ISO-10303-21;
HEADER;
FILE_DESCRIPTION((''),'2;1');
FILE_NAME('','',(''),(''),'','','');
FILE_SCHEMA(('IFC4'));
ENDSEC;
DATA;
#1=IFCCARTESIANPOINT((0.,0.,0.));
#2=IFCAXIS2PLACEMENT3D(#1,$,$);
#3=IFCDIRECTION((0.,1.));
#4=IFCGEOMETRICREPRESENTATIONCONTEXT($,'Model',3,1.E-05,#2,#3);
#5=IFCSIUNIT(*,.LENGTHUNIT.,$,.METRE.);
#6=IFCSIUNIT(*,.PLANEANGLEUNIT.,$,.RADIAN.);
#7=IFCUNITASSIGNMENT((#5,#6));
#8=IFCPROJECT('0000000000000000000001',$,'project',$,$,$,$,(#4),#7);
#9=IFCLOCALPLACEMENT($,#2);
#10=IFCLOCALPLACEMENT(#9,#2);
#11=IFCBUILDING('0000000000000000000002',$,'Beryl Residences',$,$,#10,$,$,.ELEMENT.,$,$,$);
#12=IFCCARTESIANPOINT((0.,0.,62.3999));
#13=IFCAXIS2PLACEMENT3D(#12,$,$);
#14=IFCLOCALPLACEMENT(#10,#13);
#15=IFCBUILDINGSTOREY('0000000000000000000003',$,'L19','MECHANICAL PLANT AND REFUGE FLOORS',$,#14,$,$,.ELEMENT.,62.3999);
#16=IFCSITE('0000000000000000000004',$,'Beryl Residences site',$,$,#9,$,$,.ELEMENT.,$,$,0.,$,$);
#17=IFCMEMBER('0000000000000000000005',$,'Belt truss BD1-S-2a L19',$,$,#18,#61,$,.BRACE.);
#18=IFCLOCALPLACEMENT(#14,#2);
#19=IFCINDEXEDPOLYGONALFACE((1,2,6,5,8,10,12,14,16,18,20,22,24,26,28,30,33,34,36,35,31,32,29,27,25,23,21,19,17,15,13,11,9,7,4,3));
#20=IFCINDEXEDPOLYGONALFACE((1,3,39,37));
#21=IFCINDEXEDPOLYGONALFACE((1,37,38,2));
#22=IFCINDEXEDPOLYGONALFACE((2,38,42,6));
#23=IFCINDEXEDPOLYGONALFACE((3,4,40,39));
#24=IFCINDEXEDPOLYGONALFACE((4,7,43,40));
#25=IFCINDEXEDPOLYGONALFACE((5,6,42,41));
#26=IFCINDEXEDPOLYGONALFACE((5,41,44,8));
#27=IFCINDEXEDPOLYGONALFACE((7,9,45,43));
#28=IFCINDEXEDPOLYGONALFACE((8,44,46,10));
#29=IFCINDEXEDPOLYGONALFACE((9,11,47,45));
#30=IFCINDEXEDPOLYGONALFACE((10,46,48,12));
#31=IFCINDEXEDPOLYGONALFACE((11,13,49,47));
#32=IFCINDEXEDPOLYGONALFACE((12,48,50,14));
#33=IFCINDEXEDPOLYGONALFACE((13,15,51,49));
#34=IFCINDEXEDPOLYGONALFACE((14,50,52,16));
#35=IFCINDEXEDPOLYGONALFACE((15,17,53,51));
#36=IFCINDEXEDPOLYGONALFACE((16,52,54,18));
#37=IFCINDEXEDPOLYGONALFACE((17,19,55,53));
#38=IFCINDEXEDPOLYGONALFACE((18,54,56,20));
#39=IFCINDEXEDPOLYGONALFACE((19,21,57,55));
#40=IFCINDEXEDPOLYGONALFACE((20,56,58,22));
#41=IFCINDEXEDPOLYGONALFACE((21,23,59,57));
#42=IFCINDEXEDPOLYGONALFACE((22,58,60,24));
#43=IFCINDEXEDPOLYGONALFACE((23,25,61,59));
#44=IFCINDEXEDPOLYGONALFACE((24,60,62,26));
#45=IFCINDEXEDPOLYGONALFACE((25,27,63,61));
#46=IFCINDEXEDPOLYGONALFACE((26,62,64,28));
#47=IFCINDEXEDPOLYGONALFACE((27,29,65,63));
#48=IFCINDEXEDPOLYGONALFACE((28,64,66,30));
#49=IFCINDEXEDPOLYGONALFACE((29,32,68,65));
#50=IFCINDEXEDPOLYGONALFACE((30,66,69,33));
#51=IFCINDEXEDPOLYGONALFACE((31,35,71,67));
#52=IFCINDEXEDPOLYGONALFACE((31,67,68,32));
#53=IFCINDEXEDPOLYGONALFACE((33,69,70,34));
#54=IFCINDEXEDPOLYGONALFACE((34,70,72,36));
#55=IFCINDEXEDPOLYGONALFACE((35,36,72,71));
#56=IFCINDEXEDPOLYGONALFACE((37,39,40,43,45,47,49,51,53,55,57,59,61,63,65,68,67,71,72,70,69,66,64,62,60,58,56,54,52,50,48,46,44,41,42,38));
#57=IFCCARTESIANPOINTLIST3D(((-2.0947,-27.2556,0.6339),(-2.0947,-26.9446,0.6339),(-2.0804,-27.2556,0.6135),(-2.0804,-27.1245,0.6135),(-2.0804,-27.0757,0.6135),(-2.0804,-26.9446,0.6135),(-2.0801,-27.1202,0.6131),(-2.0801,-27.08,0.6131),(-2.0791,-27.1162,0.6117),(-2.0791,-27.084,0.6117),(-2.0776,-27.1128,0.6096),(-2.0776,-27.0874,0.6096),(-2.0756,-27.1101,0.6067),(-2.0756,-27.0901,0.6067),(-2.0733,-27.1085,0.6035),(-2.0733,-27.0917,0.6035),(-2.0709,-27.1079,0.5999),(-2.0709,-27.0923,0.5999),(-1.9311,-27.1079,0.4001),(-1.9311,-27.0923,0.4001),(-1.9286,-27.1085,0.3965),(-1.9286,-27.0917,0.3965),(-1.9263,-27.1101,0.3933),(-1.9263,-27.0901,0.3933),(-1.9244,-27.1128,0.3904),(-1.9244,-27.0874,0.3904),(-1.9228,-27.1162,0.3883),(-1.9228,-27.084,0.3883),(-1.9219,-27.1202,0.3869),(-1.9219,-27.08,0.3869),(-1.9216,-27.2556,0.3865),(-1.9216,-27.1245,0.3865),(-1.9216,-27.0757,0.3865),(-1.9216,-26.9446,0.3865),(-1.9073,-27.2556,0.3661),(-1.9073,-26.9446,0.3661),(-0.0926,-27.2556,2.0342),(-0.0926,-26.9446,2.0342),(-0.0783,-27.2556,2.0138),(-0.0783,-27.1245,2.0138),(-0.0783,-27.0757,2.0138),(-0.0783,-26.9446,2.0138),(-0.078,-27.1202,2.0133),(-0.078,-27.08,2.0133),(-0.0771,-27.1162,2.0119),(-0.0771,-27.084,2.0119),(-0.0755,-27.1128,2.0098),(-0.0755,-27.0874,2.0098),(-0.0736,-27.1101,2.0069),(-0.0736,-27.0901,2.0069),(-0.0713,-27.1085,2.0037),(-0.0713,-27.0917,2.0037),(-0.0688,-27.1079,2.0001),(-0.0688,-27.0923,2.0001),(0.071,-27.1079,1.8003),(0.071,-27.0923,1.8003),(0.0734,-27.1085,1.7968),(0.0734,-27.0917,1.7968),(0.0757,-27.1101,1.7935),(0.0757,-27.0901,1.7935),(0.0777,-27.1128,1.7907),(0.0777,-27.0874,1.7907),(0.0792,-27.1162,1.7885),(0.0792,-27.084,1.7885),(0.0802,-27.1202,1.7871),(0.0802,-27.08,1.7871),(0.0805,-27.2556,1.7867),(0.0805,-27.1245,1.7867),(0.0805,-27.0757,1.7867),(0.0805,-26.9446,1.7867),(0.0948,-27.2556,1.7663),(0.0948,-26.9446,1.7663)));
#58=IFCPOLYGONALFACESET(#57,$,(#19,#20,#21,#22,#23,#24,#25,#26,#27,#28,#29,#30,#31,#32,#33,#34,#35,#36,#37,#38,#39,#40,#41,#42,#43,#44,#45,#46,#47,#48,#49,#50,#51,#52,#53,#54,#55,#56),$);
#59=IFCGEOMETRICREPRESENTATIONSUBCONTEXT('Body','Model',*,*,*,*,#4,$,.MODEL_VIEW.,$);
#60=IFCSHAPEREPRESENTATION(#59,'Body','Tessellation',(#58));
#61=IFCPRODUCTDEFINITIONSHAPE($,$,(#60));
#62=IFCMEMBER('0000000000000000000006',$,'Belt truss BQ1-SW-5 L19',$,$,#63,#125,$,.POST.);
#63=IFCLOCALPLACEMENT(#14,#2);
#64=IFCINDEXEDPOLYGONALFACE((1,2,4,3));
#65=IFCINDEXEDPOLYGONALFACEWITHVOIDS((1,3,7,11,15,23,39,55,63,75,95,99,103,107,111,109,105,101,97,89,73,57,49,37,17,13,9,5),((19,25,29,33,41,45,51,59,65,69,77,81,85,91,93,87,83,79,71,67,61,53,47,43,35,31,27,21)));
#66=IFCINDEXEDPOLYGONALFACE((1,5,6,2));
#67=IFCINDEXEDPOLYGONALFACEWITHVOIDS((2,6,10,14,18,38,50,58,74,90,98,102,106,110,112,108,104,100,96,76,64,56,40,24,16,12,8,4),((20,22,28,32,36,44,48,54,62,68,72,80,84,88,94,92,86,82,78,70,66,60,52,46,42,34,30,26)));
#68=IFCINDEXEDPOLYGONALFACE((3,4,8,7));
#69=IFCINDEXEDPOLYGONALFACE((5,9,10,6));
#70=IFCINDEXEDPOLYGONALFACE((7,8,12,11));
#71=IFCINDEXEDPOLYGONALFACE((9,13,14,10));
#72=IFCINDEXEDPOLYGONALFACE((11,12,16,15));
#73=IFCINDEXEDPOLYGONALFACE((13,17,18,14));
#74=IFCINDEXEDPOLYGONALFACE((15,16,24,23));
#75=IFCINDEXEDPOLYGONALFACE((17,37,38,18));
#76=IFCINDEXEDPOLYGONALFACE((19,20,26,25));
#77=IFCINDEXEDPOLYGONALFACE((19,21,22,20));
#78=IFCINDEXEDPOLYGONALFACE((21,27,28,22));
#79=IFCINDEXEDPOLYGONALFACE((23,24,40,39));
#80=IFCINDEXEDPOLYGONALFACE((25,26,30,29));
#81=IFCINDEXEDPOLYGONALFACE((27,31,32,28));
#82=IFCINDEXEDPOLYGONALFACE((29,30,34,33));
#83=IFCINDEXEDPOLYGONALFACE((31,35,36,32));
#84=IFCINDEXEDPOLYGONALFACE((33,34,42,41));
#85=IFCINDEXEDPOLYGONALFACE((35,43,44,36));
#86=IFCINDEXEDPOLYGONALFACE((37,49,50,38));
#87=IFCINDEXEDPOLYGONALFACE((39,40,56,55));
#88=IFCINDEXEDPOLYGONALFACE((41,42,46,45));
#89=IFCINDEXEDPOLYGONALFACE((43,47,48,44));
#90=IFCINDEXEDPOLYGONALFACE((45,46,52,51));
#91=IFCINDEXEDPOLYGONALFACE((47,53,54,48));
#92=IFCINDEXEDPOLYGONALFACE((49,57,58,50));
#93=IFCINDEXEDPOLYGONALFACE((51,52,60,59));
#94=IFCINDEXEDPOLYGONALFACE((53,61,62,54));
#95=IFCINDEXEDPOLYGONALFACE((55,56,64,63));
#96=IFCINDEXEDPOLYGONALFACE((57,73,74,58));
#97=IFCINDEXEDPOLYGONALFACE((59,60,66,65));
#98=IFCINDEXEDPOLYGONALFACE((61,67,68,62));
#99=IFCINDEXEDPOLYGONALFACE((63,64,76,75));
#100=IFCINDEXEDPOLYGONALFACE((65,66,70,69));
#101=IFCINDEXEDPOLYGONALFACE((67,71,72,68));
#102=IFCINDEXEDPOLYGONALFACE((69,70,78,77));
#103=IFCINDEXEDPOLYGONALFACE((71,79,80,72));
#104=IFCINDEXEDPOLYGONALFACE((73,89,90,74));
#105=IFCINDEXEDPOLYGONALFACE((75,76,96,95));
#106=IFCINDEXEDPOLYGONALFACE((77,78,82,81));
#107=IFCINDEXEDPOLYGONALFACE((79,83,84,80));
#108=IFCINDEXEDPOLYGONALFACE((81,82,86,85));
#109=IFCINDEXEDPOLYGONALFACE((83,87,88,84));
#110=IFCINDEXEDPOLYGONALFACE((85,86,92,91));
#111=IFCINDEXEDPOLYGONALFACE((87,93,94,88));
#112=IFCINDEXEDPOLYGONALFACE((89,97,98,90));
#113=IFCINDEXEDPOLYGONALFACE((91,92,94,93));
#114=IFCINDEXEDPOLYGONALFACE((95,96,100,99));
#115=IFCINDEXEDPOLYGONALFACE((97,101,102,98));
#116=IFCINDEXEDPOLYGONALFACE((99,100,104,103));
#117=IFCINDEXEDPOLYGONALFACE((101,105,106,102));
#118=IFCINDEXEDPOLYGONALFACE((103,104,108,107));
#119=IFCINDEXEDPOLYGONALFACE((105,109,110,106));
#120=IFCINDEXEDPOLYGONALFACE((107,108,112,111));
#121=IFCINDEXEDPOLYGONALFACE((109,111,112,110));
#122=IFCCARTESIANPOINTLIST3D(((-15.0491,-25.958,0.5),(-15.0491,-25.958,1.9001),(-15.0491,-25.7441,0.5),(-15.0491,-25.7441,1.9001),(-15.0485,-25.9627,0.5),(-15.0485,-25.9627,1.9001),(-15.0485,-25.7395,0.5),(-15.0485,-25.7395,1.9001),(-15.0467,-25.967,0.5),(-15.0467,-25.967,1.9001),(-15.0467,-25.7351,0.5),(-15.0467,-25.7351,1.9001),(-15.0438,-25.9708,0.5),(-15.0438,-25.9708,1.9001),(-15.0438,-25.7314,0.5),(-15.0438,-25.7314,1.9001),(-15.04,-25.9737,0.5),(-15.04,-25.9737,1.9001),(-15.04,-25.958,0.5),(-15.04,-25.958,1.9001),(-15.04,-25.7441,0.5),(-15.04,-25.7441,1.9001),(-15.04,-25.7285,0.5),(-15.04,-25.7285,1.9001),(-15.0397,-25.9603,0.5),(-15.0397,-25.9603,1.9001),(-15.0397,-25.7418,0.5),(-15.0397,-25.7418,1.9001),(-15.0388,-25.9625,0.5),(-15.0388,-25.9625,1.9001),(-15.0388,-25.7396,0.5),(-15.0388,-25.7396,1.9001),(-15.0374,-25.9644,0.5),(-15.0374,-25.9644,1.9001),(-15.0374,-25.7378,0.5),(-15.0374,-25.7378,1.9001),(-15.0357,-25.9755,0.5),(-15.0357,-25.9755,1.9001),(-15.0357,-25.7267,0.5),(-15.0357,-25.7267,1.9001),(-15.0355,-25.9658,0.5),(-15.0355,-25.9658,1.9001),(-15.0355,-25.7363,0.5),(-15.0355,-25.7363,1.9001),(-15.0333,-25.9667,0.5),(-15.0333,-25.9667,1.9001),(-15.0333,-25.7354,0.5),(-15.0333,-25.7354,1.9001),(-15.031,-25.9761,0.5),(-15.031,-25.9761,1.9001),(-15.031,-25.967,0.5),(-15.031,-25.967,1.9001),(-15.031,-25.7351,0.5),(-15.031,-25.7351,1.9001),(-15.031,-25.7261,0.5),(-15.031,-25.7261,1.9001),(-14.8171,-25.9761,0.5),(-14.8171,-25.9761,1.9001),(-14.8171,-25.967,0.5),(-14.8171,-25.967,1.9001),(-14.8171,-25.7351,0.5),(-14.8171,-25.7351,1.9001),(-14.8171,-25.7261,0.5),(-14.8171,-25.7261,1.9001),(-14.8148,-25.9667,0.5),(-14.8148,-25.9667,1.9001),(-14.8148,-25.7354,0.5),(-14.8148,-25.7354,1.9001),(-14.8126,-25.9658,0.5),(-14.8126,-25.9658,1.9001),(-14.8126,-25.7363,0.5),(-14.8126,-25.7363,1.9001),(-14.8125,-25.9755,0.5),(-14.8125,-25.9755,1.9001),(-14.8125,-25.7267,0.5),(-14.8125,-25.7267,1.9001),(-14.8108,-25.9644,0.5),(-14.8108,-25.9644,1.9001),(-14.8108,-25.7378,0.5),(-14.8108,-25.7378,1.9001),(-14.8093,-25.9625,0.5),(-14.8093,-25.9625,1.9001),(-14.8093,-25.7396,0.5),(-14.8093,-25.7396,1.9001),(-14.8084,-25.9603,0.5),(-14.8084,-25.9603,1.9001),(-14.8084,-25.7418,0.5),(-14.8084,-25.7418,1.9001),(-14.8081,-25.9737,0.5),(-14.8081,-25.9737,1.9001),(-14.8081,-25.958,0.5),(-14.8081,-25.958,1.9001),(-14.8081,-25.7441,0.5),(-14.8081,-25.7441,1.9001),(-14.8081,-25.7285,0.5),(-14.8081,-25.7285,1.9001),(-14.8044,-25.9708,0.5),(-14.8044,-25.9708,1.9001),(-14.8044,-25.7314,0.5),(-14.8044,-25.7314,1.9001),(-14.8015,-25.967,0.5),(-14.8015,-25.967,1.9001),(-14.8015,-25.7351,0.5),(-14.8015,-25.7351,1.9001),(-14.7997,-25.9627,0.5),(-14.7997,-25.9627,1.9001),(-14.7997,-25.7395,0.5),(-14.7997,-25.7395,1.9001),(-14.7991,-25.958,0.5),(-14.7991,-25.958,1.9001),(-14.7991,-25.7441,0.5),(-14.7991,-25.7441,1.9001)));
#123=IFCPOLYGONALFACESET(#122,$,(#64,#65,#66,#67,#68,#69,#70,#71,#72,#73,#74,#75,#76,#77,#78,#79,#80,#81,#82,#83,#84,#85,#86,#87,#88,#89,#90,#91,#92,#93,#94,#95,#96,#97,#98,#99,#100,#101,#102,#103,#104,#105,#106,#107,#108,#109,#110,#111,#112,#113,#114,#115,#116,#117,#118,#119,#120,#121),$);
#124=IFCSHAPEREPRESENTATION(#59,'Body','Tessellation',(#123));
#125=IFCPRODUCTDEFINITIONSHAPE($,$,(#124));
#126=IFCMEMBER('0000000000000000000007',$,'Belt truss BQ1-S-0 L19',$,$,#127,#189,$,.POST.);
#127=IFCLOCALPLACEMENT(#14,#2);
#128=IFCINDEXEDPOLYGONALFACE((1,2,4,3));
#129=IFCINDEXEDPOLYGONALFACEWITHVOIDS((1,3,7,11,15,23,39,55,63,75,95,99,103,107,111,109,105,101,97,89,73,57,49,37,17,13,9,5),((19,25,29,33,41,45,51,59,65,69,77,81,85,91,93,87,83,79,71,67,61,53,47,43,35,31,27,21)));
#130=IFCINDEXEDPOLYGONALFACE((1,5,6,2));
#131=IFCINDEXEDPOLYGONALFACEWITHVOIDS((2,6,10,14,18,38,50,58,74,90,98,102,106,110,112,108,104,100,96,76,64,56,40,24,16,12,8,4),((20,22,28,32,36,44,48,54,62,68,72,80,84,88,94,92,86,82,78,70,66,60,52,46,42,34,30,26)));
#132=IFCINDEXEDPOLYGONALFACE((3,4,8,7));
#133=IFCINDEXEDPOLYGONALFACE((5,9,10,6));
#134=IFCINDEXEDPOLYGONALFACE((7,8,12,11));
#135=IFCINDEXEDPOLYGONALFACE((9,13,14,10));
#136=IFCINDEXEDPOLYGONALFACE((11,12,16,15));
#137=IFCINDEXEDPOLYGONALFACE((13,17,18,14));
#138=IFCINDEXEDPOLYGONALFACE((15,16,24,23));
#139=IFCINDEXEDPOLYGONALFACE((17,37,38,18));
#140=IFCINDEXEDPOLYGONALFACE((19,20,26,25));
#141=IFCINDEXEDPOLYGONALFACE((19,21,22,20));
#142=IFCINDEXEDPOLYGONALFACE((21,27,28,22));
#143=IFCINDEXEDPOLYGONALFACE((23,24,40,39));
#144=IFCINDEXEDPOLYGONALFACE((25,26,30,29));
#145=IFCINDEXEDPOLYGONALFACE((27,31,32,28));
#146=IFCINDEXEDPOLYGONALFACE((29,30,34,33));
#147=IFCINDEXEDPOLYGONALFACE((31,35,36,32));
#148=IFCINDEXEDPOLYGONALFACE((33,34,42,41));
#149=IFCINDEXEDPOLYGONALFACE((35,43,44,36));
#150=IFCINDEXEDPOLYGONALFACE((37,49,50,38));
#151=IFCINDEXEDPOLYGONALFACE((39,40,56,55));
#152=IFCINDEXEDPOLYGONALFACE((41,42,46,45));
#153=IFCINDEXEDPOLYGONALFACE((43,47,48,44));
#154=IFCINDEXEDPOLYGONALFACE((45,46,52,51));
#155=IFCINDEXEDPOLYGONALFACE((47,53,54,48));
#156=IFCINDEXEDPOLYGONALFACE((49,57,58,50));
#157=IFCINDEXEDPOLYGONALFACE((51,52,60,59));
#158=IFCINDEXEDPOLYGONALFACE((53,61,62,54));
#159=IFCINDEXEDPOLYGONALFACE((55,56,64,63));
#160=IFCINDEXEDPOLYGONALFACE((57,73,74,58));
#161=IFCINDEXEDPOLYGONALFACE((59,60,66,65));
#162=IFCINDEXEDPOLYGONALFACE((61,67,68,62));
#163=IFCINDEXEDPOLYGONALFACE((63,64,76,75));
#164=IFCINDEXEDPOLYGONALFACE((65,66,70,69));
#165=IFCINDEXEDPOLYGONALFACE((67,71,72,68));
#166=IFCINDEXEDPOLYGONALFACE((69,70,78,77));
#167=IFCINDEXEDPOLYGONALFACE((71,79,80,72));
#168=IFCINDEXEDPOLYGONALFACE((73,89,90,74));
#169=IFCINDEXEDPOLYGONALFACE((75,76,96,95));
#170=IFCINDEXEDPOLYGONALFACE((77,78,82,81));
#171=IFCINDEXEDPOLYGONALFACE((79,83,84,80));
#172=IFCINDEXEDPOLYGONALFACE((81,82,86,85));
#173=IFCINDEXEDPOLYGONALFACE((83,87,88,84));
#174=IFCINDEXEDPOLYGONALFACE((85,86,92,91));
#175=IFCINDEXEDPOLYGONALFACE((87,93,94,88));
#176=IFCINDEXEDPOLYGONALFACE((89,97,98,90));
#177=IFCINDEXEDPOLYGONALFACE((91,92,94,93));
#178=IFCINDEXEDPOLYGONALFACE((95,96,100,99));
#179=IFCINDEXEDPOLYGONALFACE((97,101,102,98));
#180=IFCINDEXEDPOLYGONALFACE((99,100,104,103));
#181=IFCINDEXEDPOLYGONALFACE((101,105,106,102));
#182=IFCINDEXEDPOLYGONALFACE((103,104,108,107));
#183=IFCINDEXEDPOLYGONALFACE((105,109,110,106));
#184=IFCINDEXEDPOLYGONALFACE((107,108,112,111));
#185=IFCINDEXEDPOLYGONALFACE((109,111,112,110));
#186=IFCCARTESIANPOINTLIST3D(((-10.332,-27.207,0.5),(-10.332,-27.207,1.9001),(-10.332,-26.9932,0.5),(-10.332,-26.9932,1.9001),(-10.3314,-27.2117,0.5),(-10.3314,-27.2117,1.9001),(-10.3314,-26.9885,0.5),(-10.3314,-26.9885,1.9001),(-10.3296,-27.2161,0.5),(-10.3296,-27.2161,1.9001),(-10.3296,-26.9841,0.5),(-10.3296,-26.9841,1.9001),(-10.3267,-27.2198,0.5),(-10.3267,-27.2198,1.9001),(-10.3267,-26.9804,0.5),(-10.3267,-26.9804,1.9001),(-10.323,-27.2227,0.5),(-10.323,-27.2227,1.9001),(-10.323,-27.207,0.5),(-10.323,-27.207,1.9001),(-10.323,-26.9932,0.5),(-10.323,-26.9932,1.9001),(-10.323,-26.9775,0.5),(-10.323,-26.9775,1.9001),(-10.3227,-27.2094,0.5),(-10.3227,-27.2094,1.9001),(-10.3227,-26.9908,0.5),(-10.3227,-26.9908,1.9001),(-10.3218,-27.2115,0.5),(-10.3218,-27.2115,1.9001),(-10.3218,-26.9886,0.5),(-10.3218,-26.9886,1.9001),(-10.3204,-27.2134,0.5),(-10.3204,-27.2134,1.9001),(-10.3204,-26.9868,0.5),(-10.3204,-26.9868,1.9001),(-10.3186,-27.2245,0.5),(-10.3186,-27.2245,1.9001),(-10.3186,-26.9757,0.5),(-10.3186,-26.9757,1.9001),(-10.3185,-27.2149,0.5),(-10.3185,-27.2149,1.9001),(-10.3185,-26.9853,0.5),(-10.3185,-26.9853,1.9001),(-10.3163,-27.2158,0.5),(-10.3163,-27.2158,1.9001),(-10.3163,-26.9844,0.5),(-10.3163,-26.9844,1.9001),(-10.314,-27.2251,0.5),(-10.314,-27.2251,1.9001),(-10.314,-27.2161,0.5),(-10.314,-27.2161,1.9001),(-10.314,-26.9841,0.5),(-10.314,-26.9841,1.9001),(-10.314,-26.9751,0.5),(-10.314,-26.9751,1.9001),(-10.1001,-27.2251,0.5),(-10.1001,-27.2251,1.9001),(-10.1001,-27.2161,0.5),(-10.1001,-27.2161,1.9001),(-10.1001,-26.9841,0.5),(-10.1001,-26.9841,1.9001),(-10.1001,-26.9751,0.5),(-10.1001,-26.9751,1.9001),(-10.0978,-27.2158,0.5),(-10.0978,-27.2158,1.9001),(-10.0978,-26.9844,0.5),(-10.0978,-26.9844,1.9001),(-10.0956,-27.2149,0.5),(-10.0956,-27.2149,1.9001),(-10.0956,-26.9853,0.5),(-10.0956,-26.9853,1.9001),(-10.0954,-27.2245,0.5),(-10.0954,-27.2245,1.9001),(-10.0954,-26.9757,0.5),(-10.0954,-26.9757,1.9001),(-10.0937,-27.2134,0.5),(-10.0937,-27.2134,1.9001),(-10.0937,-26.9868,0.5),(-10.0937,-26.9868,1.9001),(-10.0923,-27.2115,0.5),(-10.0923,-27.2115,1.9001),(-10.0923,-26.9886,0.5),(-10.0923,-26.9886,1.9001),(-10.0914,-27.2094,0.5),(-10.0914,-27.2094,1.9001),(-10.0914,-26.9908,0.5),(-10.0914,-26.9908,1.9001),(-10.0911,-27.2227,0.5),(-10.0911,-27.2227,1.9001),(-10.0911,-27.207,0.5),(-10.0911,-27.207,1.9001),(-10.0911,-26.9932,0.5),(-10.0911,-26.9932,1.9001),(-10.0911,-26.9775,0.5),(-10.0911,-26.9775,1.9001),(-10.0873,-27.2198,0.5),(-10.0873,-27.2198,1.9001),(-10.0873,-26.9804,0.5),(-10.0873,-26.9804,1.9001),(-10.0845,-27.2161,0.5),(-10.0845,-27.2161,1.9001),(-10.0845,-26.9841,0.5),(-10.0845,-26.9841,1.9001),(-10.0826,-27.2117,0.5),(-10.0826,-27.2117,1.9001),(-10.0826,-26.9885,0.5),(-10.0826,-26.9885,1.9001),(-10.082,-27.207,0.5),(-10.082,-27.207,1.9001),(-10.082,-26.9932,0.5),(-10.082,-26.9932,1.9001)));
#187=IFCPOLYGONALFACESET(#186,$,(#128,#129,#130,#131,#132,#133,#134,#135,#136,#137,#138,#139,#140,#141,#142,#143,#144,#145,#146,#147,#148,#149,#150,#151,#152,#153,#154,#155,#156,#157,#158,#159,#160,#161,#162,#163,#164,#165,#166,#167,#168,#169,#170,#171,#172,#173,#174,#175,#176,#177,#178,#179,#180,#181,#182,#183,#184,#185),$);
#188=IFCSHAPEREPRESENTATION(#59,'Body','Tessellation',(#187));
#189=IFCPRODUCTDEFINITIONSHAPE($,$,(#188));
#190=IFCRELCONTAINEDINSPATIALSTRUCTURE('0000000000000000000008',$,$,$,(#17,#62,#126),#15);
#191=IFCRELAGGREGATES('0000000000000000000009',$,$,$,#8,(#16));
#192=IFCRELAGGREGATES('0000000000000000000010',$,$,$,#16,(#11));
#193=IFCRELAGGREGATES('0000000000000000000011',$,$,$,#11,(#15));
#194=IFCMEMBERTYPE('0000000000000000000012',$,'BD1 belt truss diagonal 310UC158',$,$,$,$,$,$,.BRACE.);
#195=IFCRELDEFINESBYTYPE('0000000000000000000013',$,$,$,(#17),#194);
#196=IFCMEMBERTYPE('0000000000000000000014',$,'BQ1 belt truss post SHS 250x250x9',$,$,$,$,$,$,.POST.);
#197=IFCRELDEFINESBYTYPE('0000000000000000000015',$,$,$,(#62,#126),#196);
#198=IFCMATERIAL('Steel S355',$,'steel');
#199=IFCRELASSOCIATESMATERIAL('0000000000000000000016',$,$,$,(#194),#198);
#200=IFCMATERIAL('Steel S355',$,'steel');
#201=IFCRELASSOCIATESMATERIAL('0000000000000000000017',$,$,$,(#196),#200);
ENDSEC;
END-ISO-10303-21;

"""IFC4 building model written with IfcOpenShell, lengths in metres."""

from ifc_helpers import new_model, si_unit, direction, frame, origin, origin_2d, place, context, subcontext, project, spatial, hollow_rectangle, i_section, extrude, material, material_profile, profile_set, type_object, element, save


model = new_model("IFC4")

# Units and contexts
model_context = context("Model", 3, precision=1e-05, world=origin(), true_north=direction((0.0, 1.0)))
body_context = subcontext(model_context, "Body", "Model", "MODEL_VIEW")
ifc_project = project(units=[si_unit("LENGTHUNIT", "METRE"), si_unit("PLANEANGLEUNIT", "RADIAN")], contexts=[model_context])

# Site, building, storey
site_placement = place(None, origin())
site = spatial("IfcSite", under=ifc_project, at=site_placement, Name="Beryl Residences site", CompositionType="ELEMENT", RefElevation=0.0)
building_placement = place(site_placement, origin())
building = spatial("IfcBuilding", under=site, at=building_placement, Name="Beryl Residences", CompositionType="ELEMENT")
storey_placement = place(building_placement, frame((0.0, 0.0, 62.3999)))
storey = spatial("IfcBuildingStorey", under=building, at=storey_placement, Name="L19", Description="MECHANICAL PLANT AND REFUGE FLOORS", CompositionType="ELEMENT", Elevation=62.3999)

# Members
ifc_material_1 = material(Name="Steel S355", Category="steel")
ifc_material_profile_1 = material_profile(ifc_material_1, i_section(OverallWidth=0.311, OverallDepth=0.3269, WebThickness=0.0156, FlangeThickness=0.0249, FilletRadius=0.0166, at=origin_2d()))
ifc_profile_set_1 = profile_set([ifc_material_profile_1], Name="Steel S355")
member_type_1 = type_object("IfcMemberType", Name="BD1 belt truss diagonal 310UC158", PredefinedType="BRACE", material=ifc_profile_set_1)
for number, where, z_axis, x_axis, name in (
    (1, (-2.001, -27.1001, 0.5), (0.819467, 0.0, 0.573127), (0.0, 1.0, 0.0), "Belt truss BD1-S-2a L19"),
):
    element("IfcMember", number, at=place(storey_placement, frame(where, z_axis=z_axis, x_axis=x_axis)), inside=storey, type_object=member_type_1, Name=name, PredefinedType="BRACE", context=body_context, shape_type="SweptSolid", body=[
        extrude(i_section(OverallWidth=0.311, OverallDepth=0.3269, WebThickness=0.0156, FlangeThickness=0.0249, FilletRadius=0.0166, at=origin_2d()), origin(), (0.0, 0.0, 1.0), 2.4431),
    ])
ifc_material_2 = material(Name="Steel S355", Category="steel")
ifc_material_profile_2 = material_profile(ifc_material_2, hollow_rectangle(XDim=0.25, YDim=0.25, WallThickness=0.009, InnerFilletRadius=0.009, OuterFilletRadius=0.0181, at=origin_2d()))
ifc_profile_set_2 = profile_set([ifc_material_profile_2], Name="Steel S355")
member_type_2 = type_object("IfcMemberType", Name="BQ1 belt truss post SHS 250x250x9", PredefinedType="POST", material=ifc_profile_set_2)
for number, where, z_axis, x_axis, name in (
    (2, (-14.9241, -25.8511, 0.5), (0.0, 0.0, 1.0), (1.0, 0.0, 0.0), "Belt truss BQ1-SW-5 L19"),
    (3, (-10.207, -27.1001, 0.5), (0.0, 0.0, 1.0), (1.0, 0.0, 0.0), "Belt truss BQ1-S-0 L19"),
):
    element("IfcMember", number, at=place(storey_placement, frame(where, z_axis=z_axis, x_axis=x_axis)), inside=storey, type_object=member_type_2, Name=name, PredefinedType="POST", context=body_context, shape_type="SweptSolid", body=[
        extrude(hollow_rectangle(XDim=0.25, YDim=0.25, WallThickness=0.009, InnerFilletRadius=0.009, OuterFilletRadius=0.0181, at=origin_2d()), origin(), (0.0, 0.0, 1.0), 1.4001),
    ])

save(model, "model.ifc")
